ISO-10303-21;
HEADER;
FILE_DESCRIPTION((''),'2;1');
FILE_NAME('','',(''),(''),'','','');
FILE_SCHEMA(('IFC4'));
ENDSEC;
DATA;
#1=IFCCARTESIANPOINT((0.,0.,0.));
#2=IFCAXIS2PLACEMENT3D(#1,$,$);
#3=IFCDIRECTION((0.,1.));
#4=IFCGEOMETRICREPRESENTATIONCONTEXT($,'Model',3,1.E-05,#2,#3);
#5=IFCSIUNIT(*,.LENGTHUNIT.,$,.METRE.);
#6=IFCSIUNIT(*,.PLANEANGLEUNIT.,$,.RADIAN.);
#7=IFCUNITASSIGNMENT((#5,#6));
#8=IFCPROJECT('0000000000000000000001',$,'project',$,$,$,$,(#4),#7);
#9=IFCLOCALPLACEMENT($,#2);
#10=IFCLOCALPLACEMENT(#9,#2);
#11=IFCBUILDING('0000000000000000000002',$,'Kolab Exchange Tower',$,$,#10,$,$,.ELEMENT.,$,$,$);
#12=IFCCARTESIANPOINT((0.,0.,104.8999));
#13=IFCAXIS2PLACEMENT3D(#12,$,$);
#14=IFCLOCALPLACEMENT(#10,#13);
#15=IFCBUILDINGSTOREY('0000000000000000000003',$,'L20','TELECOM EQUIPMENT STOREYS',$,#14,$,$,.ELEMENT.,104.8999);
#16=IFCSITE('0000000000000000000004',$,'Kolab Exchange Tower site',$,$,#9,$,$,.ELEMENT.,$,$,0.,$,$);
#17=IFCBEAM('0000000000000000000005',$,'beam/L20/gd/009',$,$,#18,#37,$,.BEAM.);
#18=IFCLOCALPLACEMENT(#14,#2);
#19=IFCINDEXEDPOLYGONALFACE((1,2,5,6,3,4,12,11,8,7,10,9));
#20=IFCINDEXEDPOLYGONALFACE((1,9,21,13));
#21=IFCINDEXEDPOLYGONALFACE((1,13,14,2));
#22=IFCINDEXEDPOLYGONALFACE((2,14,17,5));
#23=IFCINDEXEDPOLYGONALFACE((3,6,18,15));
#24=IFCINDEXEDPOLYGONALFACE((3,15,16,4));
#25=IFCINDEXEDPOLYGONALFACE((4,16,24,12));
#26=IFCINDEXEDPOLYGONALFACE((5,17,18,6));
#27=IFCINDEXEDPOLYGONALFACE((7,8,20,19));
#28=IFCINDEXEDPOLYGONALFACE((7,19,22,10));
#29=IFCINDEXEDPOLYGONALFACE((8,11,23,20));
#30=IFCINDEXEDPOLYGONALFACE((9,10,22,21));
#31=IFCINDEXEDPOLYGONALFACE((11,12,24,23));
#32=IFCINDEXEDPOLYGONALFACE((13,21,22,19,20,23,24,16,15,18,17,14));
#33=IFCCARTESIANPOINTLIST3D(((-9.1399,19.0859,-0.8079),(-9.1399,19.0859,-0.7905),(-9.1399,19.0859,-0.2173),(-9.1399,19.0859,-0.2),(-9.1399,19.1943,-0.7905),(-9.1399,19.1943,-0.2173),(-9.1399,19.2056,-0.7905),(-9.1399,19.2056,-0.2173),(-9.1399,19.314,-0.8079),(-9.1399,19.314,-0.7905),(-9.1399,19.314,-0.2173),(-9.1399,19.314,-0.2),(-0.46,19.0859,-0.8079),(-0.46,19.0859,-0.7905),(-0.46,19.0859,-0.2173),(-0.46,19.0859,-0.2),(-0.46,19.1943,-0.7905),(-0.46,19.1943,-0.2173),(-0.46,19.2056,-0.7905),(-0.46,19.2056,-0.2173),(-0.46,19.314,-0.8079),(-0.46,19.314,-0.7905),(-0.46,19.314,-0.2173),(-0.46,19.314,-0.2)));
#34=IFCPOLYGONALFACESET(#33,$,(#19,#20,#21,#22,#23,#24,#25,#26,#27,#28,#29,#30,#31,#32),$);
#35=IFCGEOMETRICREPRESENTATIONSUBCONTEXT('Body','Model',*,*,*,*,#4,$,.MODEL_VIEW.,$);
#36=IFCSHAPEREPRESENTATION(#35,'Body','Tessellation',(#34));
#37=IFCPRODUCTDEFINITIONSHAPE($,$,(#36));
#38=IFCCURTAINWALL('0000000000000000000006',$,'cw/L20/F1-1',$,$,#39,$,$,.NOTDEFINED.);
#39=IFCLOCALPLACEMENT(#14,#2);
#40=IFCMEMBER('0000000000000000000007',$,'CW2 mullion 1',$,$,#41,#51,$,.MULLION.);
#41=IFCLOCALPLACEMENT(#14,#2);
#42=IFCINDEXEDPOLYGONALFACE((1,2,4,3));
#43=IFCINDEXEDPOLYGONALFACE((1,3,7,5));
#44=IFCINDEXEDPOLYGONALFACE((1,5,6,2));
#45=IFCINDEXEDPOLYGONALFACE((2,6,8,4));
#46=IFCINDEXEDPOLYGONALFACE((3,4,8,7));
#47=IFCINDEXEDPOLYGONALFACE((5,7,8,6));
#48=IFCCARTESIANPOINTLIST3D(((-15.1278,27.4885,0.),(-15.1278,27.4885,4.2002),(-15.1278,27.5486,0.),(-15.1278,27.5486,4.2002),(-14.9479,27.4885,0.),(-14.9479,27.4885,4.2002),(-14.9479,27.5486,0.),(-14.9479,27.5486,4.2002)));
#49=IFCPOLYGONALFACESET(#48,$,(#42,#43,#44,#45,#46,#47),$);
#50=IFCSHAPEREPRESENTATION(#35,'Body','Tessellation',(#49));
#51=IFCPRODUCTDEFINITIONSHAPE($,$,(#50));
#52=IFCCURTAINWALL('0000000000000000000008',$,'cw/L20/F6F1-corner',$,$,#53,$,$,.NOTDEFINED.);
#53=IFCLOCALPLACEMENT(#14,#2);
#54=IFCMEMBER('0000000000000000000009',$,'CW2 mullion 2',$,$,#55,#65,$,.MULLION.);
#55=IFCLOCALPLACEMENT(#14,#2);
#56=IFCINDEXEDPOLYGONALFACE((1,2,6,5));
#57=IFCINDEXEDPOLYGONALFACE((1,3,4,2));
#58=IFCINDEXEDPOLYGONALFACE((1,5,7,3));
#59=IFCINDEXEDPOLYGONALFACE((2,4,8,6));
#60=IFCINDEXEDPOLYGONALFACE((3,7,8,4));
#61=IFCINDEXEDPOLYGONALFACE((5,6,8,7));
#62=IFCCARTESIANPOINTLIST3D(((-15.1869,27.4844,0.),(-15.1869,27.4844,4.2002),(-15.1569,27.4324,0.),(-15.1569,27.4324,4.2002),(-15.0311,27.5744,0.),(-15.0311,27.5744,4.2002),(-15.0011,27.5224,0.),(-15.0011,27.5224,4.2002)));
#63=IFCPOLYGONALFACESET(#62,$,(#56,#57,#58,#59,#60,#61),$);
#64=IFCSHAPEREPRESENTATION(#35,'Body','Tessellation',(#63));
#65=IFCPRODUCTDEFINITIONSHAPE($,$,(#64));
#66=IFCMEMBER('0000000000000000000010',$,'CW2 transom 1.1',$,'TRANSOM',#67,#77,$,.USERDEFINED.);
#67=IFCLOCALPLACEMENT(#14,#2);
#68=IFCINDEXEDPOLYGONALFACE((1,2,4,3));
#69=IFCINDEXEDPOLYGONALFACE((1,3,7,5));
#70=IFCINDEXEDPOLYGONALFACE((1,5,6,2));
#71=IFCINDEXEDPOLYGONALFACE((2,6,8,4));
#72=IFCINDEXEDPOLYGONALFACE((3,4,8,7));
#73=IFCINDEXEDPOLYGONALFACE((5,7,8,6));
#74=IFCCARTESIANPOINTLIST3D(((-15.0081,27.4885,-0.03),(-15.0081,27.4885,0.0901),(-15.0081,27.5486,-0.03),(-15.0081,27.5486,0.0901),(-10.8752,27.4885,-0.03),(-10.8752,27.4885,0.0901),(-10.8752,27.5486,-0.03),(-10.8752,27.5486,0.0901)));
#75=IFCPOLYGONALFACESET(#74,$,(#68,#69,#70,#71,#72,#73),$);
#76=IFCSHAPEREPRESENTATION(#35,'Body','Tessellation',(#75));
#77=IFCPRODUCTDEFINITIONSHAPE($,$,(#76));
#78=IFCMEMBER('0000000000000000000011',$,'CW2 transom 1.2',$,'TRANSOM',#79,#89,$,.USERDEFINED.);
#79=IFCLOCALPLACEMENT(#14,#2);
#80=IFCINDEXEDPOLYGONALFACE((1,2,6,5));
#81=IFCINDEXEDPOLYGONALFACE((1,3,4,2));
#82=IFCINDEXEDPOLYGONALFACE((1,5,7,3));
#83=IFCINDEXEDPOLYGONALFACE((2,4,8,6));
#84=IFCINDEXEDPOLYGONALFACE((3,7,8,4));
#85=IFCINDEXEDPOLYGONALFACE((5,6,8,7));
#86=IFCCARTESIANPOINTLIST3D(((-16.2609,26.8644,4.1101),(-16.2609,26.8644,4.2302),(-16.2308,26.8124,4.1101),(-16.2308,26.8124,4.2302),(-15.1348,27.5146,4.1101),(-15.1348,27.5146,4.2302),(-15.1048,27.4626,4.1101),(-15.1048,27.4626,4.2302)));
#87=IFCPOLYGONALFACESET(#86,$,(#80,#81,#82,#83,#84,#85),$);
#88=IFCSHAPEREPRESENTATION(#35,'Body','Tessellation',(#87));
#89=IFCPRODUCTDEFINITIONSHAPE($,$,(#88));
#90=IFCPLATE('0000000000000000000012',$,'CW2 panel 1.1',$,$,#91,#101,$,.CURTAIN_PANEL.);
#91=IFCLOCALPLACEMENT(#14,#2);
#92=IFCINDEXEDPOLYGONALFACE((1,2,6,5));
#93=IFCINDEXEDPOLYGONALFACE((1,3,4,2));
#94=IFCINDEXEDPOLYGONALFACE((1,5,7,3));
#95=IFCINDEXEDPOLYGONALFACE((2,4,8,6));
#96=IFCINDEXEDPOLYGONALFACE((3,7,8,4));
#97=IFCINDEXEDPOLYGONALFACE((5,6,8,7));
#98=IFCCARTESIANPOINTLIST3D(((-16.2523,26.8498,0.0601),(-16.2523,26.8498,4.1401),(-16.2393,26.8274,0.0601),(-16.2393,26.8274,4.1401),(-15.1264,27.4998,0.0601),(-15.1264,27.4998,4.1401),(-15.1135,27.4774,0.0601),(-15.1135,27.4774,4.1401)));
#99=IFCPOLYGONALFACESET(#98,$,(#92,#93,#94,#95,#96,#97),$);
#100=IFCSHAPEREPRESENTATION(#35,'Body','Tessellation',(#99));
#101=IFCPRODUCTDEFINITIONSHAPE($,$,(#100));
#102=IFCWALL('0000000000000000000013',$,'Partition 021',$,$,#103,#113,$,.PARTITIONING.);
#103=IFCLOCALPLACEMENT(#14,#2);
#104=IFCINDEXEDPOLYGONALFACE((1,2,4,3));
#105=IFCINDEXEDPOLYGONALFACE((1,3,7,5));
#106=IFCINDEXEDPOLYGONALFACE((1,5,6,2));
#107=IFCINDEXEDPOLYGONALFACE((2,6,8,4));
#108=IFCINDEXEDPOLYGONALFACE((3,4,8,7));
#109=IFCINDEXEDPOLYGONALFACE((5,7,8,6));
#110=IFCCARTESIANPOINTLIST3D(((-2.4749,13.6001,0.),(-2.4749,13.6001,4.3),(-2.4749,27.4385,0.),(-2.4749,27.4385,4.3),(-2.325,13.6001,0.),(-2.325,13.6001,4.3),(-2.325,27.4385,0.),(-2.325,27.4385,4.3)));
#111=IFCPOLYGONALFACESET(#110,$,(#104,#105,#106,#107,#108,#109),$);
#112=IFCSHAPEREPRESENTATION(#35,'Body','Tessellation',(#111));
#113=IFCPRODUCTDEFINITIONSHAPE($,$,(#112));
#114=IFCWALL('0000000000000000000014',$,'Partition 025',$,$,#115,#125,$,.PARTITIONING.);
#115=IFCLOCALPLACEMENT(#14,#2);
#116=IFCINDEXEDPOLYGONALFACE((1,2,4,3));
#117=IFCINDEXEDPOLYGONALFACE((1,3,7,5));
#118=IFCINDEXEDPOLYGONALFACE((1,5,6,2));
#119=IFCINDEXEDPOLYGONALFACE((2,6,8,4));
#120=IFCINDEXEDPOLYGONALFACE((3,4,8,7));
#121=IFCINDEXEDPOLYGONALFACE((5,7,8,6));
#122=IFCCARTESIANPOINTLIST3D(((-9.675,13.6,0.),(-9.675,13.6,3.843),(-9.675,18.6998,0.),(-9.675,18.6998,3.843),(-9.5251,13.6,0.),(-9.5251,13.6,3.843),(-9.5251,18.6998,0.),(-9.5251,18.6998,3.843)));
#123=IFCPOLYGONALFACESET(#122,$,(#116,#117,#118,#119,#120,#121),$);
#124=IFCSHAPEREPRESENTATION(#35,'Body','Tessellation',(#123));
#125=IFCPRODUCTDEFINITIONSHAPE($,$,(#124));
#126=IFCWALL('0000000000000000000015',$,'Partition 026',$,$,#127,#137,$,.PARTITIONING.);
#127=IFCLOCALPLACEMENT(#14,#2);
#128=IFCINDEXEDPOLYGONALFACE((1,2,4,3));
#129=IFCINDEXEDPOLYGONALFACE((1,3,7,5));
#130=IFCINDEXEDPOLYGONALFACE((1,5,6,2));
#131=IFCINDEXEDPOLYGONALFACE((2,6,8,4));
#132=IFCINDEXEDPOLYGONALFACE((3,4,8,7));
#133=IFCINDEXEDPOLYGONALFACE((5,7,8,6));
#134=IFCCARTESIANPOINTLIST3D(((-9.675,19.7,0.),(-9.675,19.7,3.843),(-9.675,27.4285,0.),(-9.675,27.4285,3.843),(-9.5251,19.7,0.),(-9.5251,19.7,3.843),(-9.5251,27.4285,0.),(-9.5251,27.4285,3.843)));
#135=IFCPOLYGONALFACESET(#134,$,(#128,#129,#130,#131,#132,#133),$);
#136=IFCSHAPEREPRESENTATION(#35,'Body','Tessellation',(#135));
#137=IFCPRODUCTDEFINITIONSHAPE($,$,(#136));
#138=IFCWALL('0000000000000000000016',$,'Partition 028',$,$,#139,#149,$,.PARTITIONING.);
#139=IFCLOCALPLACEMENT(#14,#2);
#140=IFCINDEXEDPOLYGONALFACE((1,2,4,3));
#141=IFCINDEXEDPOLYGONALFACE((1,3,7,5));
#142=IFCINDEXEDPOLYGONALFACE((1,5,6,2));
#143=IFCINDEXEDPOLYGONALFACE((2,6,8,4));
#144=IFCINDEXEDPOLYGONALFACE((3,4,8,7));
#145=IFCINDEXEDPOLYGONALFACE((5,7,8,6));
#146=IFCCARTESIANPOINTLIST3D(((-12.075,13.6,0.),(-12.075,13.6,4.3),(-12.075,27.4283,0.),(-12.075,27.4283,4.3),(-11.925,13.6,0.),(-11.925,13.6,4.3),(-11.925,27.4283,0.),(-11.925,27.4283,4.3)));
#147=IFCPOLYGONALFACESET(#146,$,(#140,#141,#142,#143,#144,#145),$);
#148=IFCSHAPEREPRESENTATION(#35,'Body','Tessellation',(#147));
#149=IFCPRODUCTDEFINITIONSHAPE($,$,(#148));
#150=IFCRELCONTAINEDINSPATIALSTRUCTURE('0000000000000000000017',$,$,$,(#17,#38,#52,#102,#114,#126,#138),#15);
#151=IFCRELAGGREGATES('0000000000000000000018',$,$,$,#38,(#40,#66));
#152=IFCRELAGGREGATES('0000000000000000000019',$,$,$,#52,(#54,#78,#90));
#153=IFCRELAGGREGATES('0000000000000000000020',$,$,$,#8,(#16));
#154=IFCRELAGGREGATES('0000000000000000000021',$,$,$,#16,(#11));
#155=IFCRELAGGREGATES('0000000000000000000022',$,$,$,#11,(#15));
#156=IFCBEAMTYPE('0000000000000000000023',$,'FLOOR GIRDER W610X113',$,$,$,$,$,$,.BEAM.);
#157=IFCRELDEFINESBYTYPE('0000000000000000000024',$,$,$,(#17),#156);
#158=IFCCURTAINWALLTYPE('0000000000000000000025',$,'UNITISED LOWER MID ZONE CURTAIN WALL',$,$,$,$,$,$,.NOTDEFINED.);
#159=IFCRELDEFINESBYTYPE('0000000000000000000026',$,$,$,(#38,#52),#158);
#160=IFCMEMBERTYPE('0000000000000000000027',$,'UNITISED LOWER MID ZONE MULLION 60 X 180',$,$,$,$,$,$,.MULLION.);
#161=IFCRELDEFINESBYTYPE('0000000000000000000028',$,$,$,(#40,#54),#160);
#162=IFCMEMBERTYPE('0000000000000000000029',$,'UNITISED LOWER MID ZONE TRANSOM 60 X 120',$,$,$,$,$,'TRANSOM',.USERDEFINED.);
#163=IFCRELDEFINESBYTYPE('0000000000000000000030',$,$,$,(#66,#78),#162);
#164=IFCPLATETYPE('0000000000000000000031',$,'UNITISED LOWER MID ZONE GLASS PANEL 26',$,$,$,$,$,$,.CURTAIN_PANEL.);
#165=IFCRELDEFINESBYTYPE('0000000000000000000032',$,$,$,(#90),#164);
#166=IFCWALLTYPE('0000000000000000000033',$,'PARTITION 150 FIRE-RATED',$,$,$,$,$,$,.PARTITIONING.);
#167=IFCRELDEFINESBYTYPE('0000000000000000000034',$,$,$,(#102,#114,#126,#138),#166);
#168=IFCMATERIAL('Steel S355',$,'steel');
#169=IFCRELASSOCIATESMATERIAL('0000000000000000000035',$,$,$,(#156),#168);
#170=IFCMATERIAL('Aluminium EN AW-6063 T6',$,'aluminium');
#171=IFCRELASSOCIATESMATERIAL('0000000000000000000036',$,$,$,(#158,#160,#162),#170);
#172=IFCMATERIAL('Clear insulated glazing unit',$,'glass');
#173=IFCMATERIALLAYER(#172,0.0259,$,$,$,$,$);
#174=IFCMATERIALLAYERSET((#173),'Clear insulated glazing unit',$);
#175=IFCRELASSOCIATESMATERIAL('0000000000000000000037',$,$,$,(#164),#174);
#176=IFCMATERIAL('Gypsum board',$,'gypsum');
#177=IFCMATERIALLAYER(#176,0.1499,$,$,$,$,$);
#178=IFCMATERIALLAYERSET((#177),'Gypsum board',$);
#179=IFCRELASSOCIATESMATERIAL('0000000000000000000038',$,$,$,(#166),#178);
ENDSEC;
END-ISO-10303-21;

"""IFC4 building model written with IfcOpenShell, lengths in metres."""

from ifc_helpers import new_model, si_unit, direction, frame, frame_2d, origin, origin_2d, place, context, subcontext, project, spatial, rectangle, i_section, extrude, material, layer, layer_set, material_profile, profile_set, type_object, element, aggregate, save


model = new_model("IFC4")

# Units and contexts
model_context = context("Model", 3, precision=1e-05, world=origin(), true_north=direction((0.0, 1.0)))
body_context = subcontext(model_context, "Body", "Model", "MODEL_VIEW")
ifc_project = project(units=[si_unit("LENGTHUNIT", "METRE"), si_unit("PLANEANGLEUNIT", "RADIAN")], contexts=[model_context])

# Site, building, storey
site_placement = place(None, origin())
site = spatial("IfcSite", under=ifc_project, at=site_placement, Name="Kolab Exchange Tower site", CompositionType="ELEMENT", RefElevation=0.0)
building_placement = place(site_placement, origin())
building = spatial("IfcBuilding", under=site, at=building_placement, Name="Kolab Exchange Tower", CompositionType="ELEMENT")
storey_placement = place(building_placement, frame((0.0, 0.0, 104.8999)))
storey = spatial("IfcBuildingStorey", under=building, at=storey_placement, Name="L20", Description="TELECOM EQUIPMENT STOREYS", CompositionType="ELEMENT", Elevation=104.8999)

# Beam
ifc_material_1 = material(Name="Steel S355", Category="steel")
ifc_material_profile_1 = material_profile(ifc_material_1, i_section(OverallWidth=0.228, OverallDepth=0.6079, WebThickness=0.0112, FlangeThickness=0.0173, at=origin_2d()), Name="W610X113")
ifc_profile_set_1 = profile_set([ifc_material_profile_1], Name="Steel S355")
beam_type_1 = type_object("IfcBeamType", Name="FLOOR GIRDER W610X113", PredefinedType="BEAM", material=ifc_profile_set_1)
beam_1_placement = place(storey_placement, frame((-9.1399, 19.2, -0.5039), z_axis=(1.0, 0.0, 0.0), x_axis=(0.0, 1.0, 0.0)))
element("IfcBeam", 1, at=beam_1_placement, inside=storey, type_object=beam_type_1, Name="beam/L20/gd/009", PredefinedType="BEAM", context=body_context, shape_type="SweptSolid", body=[
    extrude(i_section(OverallWidth=0.228, OverallDepth=0.6079, WebThickness=0.0112, FlangeThickness=0.0173, at=origin_2d()), origin(), (0.0, 0.0, 1.0), 8.6799),
])

# Curtain walls, members
ifc_material_2 = material(Name="Aluminium EN AW-6063 T6", Category="aluminium")
curtain_wall_type = type_object("IfcCurtainWallType", Name="UNITISED LOWER MID ZONE CURTAIN WALL", PredefinedType="NOTDEFINED", material=ifc_material_2)
curtain_wall_1_placement = place(storey_placement, origin())
curtain_wall_1 = element("IfcCurtainWall", 2, at=curtain_wall_1_placement, inside=storey, type_object=curtain_wall_type, Name="cw/L20/F1-1", PredefinedType="NOTDEFINED")
ifc_material_profile_2 = material_profile(ifc_material_2, rectangle(XDim=0.0601, YDim=0.1799, at=origin_2d()), Name="RECT 60X180")
ifc_profile_set_2 = profile_set([ifc_material_profile_2], Name="Aluminium EN AW-6063 T6")
member_type_1 = type_object("IfcMemberType", Name="UNITISED LOWER MID ZONE MULLION 60 X 180", PredefinedType="MULLION", material=ifc_profile_set_2)
member_1_placement = place(storey_placement, frame((-15.0378, 27.5186, 0.0), z_axis=(0.0, 0.0, 1.0), x_axis=(0.0, 1.0, 0.0)))
member_1 = element("IfcMember", 3, at=member_1_placement, type_object=member_type_1, Name="CW2 mullion 1", PredefinedType="MULLION", context=body_context, shape_type="SweptSolid", body=[
    extrude(rectangle(XDim=0.0601, YDim=0.1799, at=origin_2d()), origin(), (0.0, 0.0, 1.0), 4.2002),
])
curtain_wall_2_placement = place(storey_placement, origin())
curtain_wall_2 = element("IfcCurtainWall", 4, at=curtain_wall_2_placement, inside=storey, type_object=curtain_wall_type, Name="cw/L20/F6F1-corner", PredefinedType="NOTDEFINED")
member_2_placement = place(storey_placement, frame((-15.094, 27.5034, 0.0), z_axis=(0.0, 0.0, 1.0), x_axis=(-0.5, 0.866025, 0.0)))
member_2 = element("IfcMember", 5, at=member_2_placement, type_object=member_type_1, Name="CW2 mullion 2", PredefinedType="MULLION", context=body_context, shape_type="SweptSolid", body=[
    extrude(rectangle(XDim=0.0601, YDim=0.1799, at=origin_2d()), origin(), (0.0, 0.0, 1.0), 4.2002),
])

# Members
ifc_material_profile_3 = material_profile(ifc_material_2, rectangle(XDim=0.0601, YDim=0.1201, at=origin_2d()), Name="RECT 60X120")
ifc_profile_set_3 = profile_set([ifc_material_profile_3], Name="Aluminium EN AW-6063 T6")
member_type_2 = type_object("IfcMemberType", Name="UNITISED LOWER MID ZONE TRANSOM 60 X 120", ElementType="TRANSOM", PredefinedType="USERDEFINED", material=ifc_profile_set_3)
member_3_placement = place(storey_placement, frame((-15.0081, 27.5186, 0.03), z_axis=(1.0, 0.0, 0.0), x_axis=(0.0, 1.0, 0.0)))
member_3 = element("IfcMember", 6, at=member_3_placement, type_object=member_type_2, Name="CW2 transom 1.1", ObjectType="TRANSOM", PredefinedType="USERDEFINED", context=body_context, shape_type="SweptSolid", body=[
    extrude(rectangle(XDim=0.0601, YDim=0.1201, at=origin_2d()), origin(), (0.0, 0.0, 1.0), 4.1328),
])
aggregate(curtain_wall_1, [member_1, member_3])
member_4_placement = place(storey_placement, frame((-16.2458, 26.8384, 4.1702), z_axis=(0.866004, 0.500037, 0.0), x_axis=(-0.500037, 0.866004, 0.0)))
member_4 = element("IfcMember", 7, at=member_4_placement, type_object=member_type_2, Name="CW2 transom 1.2", ObjectType="TRANSOM", PredefinedType="USERDEFINED", context=body_context, shape_type="SweptSolid", body=[
    extrude(rectangle(XDim=0.0601, YDim=0.1201, at=origin_2d()), origin(), (0.0, 0.0, 1.0), 1.3003),
])

# Plate
ifc_material_3 = material(Name="Clear insulated glazing unit", Category="glass")
ifc_layer_1 = layer(ifc_material_3, 0.0259)
ifc_layer_set_1 = layer_set([ifc_layer_1], Name="Clear insulated glazing unit")
plate_type = type_object("IfcPlateType", Name="UNITISED LOWER MID ZONE GLASS PANEL 26", PredefinedType="CURTAIN_PANEL", material=ifc_layer_set_1)
plate_placement = place(storey_placement, frame((-15.6829, 27.1636, 0.0601), z_axis=(0.0, 0.0, 1.0), x_axis=(0.866025, 0.5, 0.0)))
plate = element("IfcPlate", 8, at=plate_placement, type_object=plate_type, Name="CW2 panel 1.1", PredefinedType="CURTAIN_PANEL", context=body_context, shape_type="SweptSolid", body=[
    extrude(rectangle(XDim=1.3, YDim=0.0259, at=origin_2d()), origin(), (0.0, 0.0, 1.0), 4.0801),
])
aggregate(curtain_wall_2, [member_2, member_4, plate])

# Walls
ifc_material_4 = material(Name="Gypsum board", Category="gypsum")
ifc_layer_2 = layer(ifc_material_4, 0.1499)
ifc_layer_set_2 = layer_set([ifc_layer_2], Name="Gypsum board")
wall_type = type_object("IfcWallType", Name="PARTITION 150 FIRE-RATED", PredefinedType="PARTITIONING", material=ifc_layer_set_2)
wall_1_placement = place(storey_placement, frame((-2.3999, 13.6001, 0.0), z_axis=(0.0, 0.0, 1.0), x_axis=(0.0, 1.0, 0.0)))
element("IfcWall", 9, at=wall_1_placement, inside=storey, type_object=wall_type, Name="Partition 021", PredefinedType="PARTITIONING", context=body_context, shape_type="SweptSolid", body=[
    extrude(rectangle(XDim=13.8384, YDim=0.1499, at=frame_2d((6.9192, 0.0))), origin(), (0.0, 0.0, 1.0), 4.3),
])
wall_2_placement = place(storey_placement, frame((-9.6001, 13.6001, 0.0), z_axis=(0.0, 0.0, 1.0), x_axis=(0.0, 1.0, 0.0)))
element("IfcWall", 10, at=wall_2_placement, inside=storey, type_object=wall_type, Name="Partition 025", PredefinedType="PARTITIONING", context=body_context, shape_type="SweptSolid", body=[
    extrude(rectangle(XDim=5.0999, YDim=0.1499, at=frame_2d((2.5498, 0.0))), origin(), (0.0, 0.0, 1.0), 3.843),
])
wall_3_placement = place(storey_placement, frame((-9.6001, 19.7, 0.0), z_axis=(0.0, 0.0, 1.0), x_axis=(0.0, 1.0, 0.0)))
element("IfcWall", 11, at=wall_3_placement, inside=storey, type_object=wall_type, Name="Partition 026", PredefinedType="PARTITIONING", context=body_context, shape_type="SweptSolid", body=[
    extrude(rectangle(XDim=7.7285, YDim=0.1499, at=frame_2d((3.8643, 0.0))), origin(), (0.0, 0.0, 1.0), 3.843),
])
wall_4_placement = place(storey_placement, frame((-12.0, 13.6001, 0.0), z_axis=(0.0, 0.0, 1.0), x_axis=(0.0, 1.0, 0.0)))
element("IfcWall", 12, at=wall_4_placement, inside=storey, type_object=wall_type, Name="Partition 028", PredefinedType="PARTITIONING", context=body_context, shape_type="SweptSolid", body=[
    extrude(rectangle(XDim=13.8284, YDim=0.1499, at=frame_2d((6.9141, 0.0))), origin(), (0.0, 0.0, 1.0), 4.3),
])

save(model, "model.ifc")
